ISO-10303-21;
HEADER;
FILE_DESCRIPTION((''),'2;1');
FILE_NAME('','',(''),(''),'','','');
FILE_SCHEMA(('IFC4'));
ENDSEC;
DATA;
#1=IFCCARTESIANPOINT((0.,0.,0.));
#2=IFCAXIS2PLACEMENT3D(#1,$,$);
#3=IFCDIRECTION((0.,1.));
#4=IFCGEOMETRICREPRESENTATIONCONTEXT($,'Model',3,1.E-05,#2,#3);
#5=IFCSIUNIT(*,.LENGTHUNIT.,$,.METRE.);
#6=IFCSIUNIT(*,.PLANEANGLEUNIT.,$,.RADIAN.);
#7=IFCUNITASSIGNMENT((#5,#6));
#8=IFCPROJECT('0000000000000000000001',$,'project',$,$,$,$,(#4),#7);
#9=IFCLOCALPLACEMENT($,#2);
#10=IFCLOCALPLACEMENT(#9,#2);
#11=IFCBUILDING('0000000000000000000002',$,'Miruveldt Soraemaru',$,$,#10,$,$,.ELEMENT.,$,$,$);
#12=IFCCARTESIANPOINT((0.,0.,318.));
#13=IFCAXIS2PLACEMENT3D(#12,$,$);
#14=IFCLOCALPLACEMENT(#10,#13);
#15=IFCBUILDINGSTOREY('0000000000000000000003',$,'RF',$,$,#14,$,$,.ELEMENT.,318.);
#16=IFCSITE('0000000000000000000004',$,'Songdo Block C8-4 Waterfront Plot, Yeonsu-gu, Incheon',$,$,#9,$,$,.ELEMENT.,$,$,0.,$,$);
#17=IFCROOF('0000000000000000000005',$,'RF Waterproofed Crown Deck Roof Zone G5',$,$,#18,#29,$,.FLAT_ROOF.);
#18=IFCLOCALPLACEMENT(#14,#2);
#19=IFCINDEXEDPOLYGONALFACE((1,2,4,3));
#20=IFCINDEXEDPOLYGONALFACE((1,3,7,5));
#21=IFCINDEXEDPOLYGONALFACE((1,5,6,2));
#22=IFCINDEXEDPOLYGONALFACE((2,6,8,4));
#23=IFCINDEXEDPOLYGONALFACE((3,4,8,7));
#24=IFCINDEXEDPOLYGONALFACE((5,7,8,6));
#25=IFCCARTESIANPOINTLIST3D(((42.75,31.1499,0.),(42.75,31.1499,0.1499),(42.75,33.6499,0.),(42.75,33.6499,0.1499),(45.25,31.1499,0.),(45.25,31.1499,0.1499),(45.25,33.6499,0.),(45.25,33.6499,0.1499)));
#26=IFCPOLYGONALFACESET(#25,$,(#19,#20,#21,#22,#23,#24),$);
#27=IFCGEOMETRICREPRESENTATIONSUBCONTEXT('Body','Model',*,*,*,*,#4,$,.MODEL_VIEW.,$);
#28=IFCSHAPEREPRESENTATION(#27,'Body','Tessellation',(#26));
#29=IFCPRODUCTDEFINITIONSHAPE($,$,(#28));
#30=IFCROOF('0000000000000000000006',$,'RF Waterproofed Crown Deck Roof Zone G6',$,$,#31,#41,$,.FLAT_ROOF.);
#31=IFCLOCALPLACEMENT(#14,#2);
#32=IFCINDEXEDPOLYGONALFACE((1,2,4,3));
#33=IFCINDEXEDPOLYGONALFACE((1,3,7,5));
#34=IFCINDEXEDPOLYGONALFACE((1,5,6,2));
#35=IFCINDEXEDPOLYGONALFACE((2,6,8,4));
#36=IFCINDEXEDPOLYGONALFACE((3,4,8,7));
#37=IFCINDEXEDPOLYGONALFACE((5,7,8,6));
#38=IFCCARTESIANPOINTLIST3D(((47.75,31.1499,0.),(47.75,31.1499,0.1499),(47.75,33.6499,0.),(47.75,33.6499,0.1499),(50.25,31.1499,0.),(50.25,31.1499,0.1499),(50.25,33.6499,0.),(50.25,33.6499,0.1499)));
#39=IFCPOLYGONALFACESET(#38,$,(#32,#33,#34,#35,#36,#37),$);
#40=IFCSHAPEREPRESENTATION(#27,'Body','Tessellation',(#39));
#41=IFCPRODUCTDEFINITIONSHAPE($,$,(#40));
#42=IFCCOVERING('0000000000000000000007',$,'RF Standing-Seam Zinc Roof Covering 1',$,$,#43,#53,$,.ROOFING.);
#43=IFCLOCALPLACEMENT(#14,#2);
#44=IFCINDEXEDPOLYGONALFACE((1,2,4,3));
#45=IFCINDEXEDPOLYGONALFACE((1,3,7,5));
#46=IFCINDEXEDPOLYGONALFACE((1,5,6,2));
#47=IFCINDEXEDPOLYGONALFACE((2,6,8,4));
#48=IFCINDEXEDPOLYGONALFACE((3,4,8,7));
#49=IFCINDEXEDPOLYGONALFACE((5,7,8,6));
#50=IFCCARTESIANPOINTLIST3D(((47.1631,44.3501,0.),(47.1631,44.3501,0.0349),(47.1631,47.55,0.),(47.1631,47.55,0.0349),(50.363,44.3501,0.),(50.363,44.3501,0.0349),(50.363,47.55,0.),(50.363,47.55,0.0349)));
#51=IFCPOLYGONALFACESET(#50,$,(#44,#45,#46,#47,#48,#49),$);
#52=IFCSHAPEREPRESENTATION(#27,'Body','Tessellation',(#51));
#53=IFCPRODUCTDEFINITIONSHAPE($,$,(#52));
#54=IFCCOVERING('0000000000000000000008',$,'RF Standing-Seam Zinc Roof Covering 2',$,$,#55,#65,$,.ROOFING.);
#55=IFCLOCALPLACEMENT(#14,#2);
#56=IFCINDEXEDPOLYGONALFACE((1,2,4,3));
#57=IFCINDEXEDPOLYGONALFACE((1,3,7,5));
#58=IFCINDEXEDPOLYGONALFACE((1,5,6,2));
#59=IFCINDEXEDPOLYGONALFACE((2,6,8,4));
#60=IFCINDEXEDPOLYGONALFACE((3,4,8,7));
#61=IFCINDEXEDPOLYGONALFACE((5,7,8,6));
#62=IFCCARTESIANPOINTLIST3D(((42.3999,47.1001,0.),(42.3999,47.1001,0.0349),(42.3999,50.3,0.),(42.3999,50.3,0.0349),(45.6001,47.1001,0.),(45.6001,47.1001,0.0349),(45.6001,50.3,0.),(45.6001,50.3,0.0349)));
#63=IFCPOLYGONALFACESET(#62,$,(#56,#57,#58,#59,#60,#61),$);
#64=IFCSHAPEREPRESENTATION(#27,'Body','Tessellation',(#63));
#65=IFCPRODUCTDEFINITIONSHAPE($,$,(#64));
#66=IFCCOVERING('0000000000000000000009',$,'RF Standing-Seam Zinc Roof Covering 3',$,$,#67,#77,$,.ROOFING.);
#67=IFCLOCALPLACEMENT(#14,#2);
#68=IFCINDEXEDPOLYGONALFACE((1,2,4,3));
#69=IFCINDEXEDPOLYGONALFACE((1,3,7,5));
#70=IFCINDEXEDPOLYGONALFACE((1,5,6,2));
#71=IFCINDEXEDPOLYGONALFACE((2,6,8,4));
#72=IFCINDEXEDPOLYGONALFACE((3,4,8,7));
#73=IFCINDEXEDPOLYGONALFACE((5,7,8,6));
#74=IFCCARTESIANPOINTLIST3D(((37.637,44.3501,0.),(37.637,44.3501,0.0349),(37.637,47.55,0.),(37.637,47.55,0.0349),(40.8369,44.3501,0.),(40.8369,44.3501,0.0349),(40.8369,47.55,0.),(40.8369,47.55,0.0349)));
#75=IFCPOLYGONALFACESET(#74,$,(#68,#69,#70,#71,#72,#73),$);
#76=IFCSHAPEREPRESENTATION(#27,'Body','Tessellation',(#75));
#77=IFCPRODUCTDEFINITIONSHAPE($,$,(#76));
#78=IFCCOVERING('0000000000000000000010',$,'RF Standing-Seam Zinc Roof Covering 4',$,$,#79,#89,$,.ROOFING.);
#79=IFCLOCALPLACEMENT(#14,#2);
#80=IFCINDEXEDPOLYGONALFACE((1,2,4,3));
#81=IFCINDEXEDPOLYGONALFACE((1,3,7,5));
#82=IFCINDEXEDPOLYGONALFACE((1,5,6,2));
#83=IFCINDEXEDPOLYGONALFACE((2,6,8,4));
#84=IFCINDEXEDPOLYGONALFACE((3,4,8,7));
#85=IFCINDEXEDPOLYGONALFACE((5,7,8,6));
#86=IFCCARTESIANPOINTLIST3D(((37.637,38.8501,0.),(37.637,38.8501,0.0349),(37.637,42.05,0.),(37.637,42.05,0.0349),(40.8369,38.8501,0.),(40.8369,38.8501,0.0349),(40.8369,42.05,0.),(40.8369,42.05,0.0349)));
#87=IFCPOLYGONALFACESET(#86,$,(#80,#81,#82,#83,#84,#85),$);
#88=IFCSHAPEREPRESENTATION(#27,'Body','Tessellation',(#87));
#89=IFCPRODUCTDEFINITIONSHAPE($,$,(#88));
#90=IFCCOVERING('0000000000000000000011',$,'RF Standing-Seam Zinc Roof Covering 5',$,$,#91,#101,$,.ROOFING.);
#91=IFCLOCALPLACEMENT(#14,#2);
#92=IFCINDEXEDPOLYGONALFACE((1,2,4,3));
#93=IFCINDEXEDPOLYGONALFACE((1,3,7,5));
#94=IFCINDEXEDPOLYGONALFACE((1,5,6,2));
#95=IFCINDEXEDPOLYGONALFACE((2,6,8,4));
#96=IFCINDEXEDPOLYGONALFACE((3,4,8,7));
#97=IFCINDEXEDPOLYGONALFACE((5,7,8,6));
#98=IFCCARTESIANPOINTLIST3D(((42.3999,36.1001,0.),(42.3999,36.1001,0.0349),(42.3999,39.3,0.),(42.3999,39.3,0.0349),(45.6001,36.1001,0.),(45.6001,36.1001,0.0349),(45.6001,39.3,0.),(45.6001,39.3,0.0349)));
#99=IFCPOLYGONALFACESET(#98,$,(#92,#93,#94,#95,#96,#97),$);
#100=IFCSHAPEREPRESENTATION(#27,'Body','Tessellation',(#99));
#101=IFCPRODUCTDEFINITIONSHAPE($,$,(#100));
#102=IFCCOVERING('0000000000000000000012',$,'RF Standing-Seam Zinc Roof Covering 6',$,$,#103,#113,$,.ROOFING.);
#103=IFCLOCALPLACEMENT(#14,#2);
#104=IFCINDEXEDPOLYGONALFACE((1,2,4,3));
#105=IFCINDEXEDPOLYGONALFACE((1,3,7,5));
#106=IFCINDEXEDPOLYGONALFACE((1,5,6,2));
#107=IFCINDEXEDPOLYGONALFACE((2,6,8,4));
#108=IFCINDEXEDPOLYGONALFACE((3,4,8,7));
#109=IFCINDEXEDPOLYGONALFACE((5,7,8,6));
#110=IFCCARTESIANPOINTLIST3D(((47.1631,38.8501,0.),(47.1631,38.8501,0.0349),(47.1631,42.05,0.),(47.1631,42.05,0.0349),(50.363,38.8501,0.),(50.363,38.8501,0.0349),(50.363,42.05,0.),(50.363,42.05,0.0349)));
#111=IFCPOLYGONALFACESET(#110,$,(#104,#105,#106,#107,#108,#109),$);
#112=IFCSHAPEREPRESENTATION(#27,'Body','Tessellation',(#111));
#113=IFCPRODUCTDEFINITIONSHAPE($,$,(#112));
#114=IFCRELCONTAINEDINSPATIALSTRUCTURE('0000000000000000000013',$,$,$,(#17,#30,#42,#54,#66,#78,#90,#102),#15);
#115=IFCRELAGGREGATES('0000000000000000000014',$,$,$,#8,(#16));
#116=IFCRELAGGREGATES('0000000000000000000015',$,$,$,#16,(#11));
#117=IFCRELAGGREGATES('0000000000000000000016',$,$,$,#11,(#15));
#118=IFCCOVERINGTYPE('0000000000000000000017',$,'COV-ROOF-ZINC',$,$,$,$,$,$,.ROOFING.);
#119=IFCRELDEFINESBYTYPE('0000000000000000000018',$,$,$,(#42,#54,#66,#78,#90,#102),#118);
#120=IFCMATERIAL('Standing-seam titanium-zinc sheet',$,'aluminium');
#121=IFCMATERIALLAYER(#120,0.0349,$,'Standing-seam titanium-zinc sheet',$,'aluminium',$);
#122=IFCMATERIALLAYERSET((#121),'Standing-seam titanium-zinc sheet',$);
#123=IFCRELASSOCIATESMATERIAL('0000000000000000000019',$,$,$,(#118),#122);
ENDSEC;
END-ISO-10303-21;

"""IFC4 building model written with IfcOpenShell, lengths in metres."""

from ifc_helpers import new_model, si_unit, direction, frame, origin, place, context, subcontext, project, spatial, polyline, outline, extrude, material, layer, layer_set, type_object, element, save


model = new_model("IFC4")

# Units and contexts
model_context = context("Model", 3, precision=1e-05, world=origin(), true_north=direction((0.0, 1.0)))
body_context = subcontext(model_context, "Body", "Model", "MODEL_VIEW")
ifc_project = project(units=[si_unit("LENGTHUNIT", "METRE"), si_unit("PLANEANGLEUNIT", "RADIAN")], contexts=[model_context])

# Site, building, storey
site_placement = place(None, origin())
site = spatial("IfcSite", under=ifc_project, at=site_placement, Name="Songdo Block C8-4 Waterfront Plot, Yeonsu-gu, Incheon", CompositionType="ELEMENT", RefElevation=0.0)
building_placement = place(site_placement, origin())
building = spatial("IfcBuilding", under=site, at=building_placement, Name="Miruveldt Soraemaru", CompositionType="ELEMENT")
storey_placement = place(building_placement, frame((0.0, 0.0, 318.0)))
storey = spatial("IfcBuildingStorey", under=building, at=storey_placement, Name="RF", CompositionType="ELEMENT", Elevation=318.0)

# Shared definitions
ifc_material_1 = material(Name="Standing-seam titanium-zinc sheet", Category="aluminium")

# Roofs
roof_1_placement = place(storey_placement, origin())
element("IfcRoof", 1, at=roof_1_placement, inside=storey, Name="RF Waterproofed Crown Deck Roof Zone G5", PredefinedType="FLAT_ROOF", context=body_context, shape_type="SweptSolid", body=[
    extrude(outline(polyline([(42.75, 31.1499), (45.25, 31.1499), (45.25, 33.6499), (42.75, 33.6499), (42.75, 31.1499)])), origin(), (0.0, 0.0, 1.0), 0.1499),
])
roof_2_placement = place(storey_placement, origin())
element("IfcRoof", 2, at=roof_2_placement, inside=storey, Name="RF Waterproofed Crown Deck Roof Zone G6", PredefinedType="FLAT_ROOF", context=body_context, shape_type="SweptSolid", body=[
    extrude(outline(polyline([(47.75, 31.1499), (50.25, 31.1499), (50.25, 33.6499), (47.75, 33.6499), (47.75, 31.1499)])), origin(), (0.0, 0.0, 1.0), 0.1499),
])

# Coverings
ifc_layer_1 = layer(ifc_material_1, 0.0349, Name="Standing-seam titanium-zinc sheet", Category="aluminium")
ifc_layer_set_1 = layer_set([ifc_layer_1], Name="Standing-seam titanium-zinc sheet")
covering_type = type_object("IfcCoveringType", Name="COV-ROOF-ZINC", PredefinedType="ROOFING", material=ifc_layer_set_1)
covering_1_placement = place(storey_placement, origin())
element("IfcCovering", 3, at=covering_1_placement, inside=storey, type_object=covering_type, Name="RF Standing-Seam Zinc Roof Covering 1", PredefinedType="ROOFING", context=body_context, shape_type="SweptSolid", body=[
    extrude(outline(polyline([(47.1631, 44.3501), (50.363, 44.3501), (50.363, 47.55), (47.1631, 47.55), (47.1631, 44.3501)])), origin(), (0.0, 0.0, 1.0), 0.0349),
])
covering_2_placement = place(storey_placement, origin())
element("IfcCovering", 4, at=covering_2_placement, inside=storey, type_object=covering_type, Name="RF Standing-Seam Zinc Roof Covering 2", PredefinedType="ROOFING", context=body_context, shape_type="SweptSolid", body=[
    extrude(outline(polyline([(42.3999, 47.1001), (45.6001, 47.1001), (45.6001, 50.3), (42.3999, 50.3), (42.3999, 47.1001)])), origin(), (0.0, 0.0, 1.0), 0.0349),
])
covering_3_placement = place(storey_placement, origin())
element("IfcCovering", 5, at=covering_3_placement, inside=storey, type_object=covering_type, Name="RF Standing-Seam Zinc Roof Covering 3", PredefinedType="ROOFING", context=body_context, shape_type="SweptSolid", body=[
    extrude(outline(polyline([(37.637, 44.3501), (40.8369, 44.3501), (40.8369, 47.55), (37.637, 47.55), (37.637, 44.3501)])), origin(), (0.0, 0.0, 1.0), 0.0349),
])
covering_4_placement = place(storey_placement, origin())
element("IfcCovering", 6, at=covering_4_placement, inside=storey, type_object=covering_type, Name="RF Standing-Seam Zinc Roof Covering 4", PredefinedType="ROOFING", context=body_context, shape_type="SweptSolid", body=[
    extrude(outline(polyline([(37.637, 38.8501), (40.8369, 38.8501), (40.8369, 42.05), (37.637, 42.05), (37.637, 38.8501)])), origin(), (0.0, 0.0, 1.0), 0.0349),
])
covering_5_placement = place(storey_placement, origin())
element("IfcCovering", 7, at=covering_5_placement, inside=storey, type_object=covering_type, Name="RF Standing-Seam Zinc Roof Covering 5", PredefinedType="ROOFING", context=body_context, shape_type="SweptSolid", body=[
    extrude(outline(polyline([(42.3999, 36.1001), (45.6001, 36.1001), (45.6001, 39.3), (42.3999, 39.3), (42.3999, 36.1001)])), origin(), (0.0, 0.0, 1.0), 0.0349),
])
covering_6_placement = place(storey_placement, origin())
element("IfcCovering", 8, at=covering_6_placement, inside=storey, type_object=covering_type, Name="RF Standing-Seam Zinc Roof Covering 6", PredefinedType="ROOFING", context=body_context, shape_type="SweptSolid", body=[
    extrude(outline(polyline([(47.1631, 38.8501), (50.363, 38.8501), (50.363, 42.05), (47.1631, 42.05), (47.1631, 38.8501)])), origin(), (0.0, 0.0, 1.0), 0.0349),
])

save(model, "model.ifc")
